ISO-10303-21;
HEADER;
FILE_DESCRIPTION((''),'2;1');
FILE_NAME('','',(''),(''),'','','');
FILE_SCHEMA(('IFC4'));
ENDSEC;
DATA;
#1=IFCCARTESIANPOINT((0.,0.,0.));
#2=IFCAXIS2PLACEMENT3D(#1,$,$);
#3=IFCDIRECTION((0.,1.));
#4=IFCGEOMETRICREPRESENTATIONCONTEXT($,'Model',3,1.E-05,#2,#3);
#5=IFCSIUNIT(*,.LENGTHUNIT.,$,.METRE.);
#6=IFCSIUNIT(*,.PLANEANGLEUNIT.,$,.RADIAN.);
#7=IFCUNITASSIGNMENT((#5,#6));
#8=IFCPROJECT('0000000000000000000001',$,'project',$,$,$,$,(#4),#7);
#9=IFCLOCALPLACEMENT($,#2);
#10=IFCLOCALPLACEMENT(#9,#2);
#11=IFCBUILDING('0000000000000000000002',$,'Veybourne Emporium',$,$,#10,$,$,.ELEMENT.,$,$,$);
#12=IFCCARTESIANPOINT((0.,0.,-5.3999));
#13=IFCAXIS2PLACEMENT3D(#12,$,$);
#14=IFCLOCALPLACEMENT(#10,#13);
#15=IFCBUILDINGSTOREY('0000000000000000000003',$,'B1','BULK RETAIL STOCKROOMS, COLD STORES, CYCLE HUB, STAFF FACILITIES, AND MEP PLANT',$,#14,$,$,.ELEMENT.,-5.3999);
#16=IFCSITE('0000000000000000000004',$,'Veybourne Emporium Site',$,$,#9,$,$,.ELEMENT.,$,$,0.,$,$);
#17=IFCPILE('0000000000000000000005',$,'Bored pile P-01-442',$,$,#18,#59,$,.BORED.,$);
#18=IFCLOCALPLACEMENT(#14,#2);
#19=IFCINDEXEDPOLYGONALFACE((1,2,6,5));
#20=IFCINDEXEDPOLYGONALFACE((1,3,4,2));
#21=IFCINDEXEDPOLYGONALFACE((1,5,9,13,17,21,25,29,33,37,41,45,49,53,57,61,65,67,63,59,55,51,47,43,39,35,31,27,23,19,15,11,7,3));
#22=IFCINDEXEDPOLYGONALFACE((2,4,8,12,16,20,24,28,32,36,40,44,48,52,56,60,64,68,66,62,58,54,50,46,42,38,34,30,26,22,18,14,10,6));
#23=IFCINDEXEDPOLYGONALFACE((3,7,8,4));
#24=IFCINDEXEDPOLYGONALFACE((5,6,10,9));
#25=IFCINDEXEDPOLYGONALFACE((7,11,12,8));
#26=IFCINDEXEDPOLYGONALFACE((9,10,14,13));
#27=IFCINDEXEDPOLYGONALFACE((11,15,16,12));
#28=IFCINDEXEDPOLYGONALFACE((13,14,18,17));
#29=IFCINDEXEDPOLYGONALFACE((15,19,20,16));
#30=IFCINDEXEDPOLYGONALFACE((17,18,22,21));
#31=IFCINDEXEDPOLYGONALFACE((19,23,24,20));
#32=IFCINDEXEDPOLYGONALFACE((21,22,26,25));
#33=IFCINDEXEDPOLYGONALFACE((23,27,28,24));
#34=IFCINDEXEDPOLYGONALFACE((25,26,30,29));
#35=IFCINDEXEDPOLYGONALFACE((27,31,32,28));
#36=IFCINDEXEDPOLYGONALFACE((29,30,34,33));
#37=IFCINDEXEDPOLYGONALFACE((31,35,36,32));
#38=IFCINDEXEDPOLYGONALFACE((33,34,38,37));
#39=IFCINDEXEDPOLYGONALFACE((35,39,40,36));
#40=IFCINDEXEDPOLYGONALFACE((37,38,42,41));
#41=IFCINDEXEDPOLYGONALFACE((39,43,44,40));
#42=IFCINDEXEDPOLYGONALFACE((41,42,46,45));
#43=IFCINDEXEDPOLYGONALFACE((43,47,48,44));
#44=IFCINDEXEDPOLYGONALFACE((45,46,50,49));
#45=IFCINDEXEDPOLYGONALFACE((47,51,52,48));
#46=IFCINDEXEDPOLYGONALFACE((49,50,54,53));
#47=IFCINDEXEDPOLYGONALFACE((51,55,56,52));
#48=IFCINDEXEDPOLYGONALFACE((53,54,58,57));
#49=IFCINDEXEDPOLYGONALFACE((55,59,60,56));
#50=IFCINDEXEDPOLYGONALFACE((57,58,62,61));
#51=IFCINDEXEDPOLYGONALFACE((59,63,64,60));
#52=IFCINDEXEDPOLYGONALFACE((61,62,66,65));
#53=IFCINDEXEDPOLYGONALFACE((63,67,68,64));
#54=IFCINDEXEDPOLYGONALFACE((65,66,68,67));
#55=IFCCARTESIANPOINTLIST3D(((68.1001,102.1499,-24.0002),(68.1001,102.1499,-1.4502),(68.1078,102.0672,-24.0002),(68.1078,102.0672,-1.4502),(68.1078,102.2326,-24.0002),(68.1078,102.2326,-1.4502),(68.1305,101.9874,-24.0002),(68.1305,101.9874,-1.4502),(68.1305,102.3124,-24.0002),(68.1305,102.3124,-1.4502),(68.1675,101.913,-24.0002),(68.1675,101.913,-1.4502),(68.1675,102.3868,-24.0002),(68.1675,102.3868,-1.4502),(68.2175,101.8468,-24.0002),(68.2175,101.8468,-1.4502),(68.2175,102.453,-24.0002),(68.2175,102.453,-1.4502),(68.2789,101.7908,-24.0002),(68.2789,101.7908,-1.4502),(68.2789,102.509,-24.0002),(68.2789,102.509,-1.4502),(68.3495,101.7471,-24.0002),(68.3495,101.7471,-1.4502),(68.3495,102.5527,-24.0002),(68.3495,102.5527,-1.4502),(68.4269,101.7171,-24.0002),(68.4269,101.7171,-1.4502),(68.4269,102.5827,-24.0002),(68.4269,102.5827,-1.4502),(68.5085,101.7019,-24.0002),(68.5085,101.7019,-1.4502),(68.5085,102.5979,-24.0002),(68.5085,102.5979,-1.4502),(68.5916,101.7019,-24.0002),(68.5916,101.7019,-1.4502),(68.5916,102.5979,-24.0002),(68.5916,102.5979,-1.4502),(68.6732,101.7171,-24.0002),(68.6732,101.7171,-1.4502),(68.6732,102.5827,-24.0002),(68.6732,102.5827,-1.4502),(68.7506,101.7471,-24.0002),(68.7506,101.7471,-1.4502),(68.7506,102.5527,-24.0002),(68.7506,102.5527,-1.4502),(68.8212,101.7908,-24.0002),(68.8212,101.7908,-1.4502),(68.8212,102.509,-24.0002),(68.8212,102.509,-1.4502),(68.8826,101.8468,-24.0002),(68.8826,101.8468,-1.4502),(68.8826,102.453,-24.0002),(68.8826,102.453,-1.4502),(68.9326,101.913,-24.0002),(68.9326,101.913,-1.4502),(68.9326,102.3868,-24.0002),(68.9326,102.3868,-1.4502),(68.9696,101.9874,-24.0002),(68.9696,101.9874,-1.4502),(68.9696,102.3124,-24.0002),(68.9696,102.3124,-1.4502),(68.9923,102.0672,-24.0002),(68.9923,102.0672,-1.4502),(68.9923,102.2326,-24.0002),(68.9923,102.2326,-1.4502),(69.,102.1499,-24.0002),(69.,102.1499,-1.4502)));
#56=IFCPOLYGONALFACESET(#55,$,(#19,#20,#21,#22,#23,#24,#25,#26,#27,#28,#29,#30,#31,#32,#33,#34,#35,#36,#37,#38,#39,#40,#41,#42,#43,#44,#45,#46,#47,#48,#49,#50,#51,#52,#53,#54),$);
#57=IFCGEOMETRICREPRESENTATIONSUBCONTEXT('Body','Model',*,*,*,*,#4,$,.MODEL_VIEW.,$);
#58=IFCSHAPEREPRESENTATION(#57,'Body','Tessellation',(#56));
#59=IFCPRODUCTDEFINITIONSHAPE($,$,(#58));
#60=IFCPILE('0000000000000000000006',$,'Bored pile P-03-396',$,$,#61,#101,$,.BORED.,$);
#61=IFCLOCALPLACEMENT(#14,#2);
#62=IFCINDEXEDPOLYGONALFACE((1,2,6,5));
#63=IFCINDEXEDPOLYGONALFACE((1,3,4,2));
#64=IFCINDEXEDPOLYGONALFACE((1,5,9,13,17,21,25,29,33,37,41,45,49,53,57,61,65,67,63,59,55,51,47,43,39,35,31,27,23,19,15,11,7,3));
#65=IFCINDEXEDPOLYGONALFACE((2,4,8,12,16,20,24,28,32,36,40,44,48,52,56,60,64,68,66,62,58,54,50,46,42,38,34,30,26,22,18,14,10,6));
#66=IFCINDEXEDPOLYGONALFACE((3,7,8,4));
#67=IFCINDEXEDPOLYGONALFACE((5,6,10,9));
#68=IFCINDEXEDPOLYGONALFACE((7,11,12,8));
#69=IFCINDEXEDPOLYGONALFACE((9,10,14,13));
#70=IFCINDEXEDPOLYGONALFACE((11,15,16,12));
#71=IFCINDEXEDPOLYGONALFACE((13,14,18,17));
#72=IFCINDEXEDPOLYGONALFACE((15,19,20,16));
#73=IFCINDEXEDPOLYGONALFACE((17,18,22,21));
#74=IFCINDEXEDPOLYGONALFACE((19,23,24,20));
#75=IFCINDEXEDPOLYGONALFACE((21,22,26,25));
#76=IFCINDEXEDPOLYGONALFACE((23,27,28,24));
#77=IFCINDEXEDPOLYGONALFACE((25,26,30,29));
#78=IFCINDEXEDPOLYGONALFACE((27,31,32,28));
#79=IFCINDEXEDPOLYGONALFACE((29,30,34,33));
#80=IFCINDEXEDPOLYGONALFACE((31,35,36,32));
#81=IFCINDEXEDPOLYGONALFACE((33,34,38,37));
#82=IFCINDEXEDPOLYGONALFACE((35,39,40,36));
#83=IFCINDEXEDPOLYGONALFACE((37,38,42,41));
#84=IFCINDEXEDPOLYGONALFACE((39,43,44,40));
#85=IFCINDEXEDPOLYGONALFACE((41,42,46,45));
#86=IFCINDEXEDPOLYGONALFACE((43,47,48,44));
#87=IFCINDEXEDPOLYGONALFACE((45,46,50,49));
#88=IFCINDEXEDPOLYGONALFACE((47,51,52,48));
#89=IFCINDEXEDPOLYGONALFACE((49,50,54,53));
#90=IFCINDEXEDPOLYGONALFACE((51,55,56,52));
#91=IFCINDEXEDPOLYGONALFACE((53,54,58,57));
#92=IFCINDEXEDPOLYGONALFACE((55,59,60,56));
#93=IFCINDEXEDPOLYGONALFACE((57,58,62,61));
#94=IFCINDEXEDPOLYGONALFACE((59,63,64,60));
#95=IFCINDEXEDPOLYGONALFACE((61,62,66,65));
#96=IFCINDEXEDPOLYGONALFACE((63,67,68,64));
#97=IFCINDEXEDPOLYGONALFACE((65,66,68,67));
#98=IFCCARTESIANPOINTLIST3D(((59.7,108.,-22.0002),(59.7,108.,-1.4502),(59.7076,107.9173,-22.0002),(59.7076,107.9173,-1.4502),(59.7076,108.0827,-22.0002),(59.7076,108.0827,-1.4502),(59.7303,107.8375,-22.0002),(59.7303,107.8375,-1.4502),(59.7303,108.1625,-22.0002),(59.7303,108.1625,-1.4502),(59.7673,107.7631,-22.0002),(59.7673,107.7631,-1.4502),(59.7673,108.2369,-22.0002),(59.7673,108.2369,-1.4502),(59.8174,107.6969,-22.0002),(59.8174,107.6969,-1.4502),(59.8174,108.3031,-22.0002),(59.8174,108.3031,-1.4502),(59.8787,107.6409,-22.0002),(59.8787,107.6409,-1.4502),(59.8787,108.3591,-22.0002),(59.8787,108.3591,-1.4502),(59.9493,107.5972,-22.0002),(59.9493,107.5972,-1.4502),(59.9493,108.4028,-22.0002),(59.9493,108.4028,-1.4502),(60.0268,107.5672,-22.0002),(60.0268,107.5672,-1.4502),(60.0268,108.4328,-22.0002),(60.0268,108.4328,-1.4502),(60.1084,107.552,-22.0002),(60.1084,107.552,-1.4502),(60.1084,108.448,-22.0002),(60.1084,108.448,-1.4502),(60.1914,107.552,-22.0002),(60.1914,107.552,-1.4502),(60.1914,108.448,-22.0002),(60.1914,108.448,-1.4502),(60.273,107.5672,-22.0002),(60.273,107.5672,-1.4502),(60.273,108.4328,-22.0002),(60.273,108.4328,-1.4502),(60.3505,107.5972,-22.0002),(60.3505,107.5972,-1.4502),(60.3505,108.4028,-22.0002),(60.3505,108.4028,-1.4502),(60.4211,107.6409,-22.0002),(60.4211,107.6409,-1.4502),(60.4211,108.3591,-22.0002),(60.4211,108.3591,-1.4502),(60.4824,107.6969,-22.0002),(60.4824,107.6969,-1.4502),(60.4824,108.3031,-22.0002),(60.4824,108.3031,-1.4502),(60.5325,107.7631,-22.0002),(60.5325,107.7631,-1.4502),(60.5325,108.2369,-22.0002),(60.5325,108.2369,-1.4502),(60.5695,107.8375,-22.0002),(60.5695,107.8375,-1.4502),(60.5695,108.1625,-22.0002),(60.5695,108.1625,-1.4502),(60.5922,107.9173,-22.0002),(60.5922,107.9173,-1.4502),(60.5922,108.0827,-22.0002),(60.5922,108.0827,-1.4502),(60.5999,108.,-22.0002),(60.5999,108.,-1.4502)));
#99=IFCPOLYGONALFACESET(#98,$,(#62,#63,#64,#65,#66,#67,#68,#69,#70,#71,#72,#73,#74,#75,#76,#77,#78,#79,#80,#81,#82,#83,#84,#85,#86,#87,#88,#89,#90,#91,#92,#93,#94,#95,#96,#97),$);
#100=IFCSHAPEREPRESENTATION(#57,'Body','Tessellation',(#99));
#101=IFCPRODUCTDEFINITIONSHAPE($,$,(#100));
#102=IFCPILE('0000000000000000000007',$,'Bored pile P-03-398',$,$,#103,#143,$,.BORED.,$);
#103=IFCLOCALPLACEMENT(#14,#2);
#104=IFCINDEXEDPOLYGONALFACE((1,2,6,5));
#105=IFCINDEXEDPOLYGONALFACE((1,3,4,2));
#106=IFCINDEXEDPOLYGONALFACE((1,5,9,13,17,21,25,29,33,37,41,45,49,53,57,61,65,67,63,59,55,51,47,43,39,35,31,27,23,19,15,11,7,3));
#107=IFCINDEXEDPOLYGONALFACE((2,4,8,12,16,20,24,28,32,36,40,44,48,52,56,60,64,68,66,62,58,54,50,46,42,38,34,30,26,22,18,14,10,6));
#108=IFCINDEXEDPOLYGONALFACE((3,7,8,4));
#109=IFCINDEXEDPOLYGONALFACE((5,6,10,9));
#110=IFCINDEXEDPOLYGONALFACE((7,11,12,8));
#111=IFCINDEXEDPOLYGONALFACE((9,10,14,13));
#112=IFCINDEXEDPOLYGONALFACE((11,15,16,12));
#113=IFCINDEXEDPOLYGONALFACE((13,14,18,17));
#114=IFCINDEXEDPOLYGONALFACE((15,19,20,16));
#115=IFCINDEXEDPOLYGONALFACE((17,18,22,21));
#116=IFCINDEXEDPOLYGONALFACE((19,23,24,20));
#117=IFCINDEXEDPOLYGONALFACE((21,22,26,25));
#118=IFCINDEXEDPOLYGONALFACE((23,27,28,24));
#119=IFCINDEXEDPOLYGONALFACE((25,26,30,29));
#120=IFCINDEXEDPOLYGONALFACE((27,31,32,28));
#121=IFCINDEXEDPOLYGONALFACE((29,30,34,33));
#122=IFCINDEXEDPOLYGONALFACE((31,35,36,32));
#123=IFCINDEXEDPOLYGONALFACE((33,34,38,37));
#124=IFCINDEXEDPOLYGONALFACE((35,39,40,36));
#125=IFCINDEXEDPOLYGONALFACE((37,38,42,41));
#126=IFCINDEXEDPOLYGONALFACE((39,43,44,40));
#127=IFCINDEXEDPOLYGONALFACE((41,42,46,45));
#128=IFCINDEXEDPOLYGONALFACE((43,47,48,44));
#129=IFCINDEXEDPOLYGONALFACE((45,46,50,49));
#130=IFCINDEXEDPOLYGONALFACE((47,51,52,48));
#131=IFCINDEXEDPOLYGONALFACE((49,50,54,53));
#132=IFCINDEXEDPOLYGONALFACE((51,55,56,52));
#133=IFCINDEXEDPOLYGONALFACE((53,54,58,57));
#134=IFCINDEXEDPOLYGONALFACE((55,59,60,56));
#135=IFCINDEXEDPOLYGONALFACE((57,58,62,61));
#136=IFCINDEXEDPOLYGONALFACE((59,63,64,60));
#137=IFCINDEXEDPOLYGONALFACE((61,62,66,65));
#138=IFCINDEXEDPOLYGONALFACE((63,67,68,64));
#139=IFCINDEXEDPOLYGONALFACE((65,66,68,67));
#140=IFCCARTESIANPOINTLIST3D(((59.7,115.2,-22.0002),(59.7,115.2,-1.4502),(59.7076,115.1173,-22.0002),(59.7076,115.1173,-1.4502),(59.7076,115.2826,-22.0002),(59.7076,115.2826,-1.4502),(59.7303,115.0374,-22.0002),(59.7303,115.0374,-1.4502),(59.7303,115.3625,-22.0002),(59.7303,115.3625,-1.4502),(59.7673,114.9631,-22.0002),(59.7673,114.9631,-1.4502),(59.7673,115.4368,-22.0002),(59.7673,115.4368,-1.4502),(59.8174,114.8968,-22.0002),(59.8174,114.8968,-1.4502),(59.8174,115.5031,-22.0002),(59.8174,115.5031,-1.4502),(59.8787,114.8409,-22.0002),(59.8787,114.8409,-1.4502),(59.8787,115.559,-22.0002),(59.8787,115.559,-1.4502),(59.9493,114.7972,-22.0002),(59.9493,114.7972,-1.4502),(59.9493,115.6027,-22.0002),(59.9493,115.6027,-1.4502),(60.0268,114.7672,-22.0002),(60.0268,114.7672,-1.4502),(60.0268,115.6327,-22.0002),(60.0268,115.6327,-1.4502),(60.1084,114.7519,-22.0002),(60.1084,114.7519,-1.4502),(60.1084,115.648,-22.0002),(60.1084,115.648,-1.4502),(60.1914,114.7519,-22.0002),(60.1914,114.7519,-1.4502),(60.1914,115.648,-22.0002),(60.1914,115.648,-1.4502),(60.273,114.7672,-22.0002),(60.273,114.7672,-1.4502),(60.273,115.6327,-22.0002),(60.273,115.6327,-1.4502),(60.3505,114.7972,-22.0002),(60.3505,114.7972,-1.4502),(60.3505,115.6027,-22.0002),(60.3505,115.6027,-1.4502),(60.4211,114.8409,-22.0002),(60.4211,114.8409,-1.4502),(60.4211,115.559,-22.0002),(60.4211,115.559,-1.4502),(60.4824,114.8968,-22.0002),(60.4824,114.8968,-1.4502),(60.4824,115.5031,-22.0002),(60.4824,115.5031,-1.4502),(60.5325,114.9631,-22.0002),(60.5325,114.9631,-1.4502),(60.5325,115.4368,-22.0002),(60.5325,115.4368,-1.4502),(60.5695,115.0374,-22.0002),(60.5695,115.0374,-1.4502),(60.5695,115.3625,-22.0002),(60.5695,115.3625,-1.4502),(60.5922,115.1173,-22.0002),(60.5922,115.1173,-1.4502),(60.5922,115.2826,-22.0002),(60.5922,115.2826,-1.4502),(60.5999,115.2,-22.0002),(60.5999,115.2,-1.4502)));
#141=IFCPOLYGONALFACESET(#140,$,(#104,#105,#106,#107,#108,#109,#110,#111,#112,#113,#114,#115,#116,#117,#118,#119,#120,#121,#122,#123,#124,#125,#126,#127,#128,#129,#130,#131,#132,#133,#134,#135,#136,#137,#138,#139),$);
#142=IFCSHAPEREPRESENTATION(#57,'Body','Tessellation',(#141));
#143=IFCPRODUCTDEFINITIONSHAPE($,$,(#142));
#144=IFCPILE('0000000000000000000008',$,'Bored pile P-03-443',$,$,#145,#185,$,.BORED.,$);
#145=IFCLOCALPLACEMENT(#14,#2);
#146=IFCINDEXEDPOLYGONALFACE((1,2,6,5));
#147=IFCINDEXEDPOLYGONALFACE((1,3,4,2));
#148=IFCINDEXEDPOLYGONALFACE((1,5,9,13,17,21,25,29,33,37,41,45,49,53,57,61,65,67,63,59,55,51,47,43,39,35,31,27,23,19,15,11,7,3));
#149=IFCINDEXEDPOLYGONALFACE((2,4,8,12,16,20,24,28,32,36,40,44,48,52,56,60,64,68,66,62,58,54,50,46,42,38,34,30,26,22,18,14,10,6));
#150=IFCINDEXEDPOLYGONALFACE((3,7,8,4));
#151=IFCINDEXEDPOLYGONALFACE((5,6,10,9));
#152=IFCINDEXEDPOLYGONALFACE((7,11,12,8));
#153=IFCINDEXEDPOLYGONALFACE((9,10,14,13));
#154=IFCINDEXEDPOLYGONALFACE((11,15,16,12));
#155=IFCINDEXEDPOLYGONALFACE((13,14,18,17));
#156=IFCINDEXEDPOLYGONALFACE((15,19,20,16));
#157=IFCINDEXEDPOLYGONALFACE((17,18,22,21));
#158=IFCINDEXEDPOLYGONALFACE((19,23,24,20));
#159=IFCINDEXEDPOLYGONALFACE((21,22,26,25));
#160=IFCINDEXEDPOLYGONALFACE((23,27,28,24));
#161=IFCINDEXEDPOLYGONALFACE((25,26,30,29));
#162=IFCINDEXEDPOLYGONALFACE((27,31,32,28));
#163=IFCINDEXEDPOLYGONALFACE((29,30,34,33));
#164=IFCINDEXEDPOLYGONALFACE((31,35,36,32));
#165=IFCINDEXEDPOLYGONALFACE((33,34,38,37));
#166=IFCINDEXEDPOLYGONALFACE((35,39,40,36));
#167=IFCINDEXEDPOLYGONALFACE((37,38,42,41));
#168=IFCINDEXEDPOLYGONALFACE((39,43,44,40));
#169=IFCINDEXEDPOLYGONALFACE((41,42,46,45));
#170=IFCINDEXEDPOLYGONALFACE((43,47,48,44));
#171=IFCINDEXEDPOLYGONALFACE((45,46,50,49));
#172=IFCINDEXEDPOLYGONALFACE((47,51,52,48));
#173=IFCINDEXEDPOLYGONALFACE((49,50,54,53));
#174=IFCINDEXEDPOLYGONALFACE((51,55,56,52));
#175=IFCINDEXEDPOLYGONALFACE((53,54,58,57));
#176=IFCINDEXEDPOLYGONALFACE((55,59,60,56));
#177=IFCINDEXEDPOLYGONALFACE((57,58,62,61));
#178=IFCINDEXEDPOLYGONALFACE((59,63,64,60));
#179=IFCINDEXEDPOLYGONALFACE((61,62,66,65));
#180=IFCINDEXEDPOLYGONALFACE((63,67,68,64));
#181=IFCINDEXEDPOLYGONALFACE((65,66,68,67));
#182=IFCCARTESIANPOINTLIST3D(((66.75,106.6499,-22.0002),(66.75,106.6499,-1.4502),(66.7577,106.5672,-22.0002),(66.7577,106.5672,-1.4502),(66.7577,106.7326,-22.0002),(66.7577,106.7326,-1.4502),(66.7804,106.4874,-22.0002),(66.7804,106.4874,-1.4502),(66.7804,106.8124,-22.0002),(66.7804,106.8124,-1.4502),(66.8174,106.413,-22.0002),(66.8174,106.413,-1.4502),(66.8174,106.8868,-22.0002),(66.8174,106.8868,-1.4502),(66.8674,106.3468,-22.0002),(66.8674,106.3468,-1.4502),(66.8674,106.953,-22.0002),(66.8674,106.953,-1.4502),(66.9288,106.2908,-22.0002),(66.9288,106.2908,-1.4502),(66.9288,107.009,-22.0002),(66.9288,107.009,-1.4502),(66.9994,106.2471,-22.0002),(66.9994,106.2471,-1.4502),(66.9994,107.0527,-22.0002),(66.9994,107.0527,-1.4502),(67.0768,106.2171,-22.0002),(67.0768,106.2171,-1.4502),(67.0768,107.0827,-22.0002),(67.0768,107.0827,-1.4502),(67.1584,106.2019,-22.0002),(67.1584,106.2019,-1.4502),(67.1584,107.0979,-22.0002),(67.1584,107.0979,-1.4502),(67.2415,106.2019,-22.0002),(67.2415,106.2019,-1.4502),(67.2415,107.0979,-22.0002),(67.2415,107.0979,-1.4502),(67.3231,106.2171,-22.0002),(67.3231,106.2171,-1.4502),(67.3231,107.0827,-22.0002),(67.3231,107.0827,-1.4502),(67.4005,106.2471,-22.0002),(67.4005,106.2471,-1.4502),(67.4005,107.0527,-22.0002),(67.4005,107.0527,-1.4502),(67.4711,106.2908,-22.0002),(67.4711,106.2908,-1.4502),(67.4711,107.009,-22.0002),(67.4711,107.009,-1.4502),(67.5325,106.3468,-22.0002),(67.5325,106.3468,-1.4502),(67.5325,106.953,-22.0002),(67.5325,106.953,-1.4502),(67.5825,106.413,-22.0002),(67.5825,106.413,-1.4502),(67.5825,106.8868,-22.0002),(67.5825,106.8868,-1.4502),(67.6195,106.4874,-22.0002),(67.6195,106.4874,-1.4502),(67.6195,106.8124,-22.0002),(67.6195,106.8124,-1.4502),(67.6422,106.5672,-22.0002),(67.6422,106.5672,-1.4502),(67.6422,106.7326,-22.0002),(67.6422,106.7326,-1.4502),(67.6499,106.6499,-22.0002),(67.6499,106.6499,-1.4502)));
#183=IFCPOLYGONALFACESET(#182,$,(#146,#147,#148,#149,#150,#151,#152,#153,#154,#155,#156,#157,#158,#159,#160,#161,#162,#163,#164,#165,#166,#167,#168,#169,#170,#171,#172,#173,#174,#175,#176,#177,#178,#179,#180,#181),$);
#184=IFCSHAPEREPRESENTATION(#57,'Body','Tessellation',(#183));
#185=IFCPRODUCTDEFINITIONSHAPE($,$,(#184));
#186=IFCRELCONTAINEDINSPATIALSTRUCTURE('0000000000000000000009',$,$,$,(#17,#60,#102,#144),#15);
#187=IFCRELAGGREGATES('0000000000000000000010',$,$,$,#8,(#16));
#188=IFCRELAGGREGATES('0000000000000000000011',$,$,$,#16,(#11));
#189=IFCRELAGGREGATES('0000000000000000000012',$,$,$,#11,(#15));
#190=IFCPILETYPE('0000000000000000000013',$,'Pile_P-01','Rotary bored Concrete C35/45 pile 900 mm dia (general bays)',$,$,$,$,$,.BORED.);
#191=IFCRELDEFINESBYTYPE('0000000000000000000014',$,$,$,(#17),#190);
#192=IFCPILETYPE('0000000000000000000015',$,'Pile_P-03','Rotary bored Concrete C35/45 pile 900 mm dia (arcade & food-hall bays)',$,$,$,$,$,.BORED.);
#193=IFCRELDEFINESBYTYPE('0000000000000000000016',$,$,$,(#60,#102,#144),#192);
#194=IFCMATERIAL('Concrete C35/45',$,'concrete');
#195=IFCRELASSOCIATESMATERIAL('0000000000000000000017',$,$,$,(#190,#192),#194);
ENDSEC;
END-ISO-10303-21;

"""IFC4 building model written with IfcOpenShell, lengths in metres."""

from ifc_helpers import new_model, si_unit, direction, frame, origin, origin_2d, place, context, subcontext, project, spatial, circle, extrude, material, material_profile, profile_set, type_object, element, save


model = new_model("IFC4")

# Units and contexts
model_context = context("Model", 3, precision=1e-05, world=origin(), true_north=direction((0.0, 1.0)))
body_context = subcontext(model_context, "Body", "Model", "MODEL_VIEW")
ifc_project = project(units=[si_unit("LENGTHUNIT", "METRE"), si_unit("PLANEANGLEUNIT", "RADIAN")], contexts=[model_context])

# Site, building, storey
site_placement = place(None, origin())
site = spatial("IfcSite", under=ifc_project, at=site_placement, Name="Veybourne Emporium Site", CompositionType="ELEMENT", RefElevation=0.0)
building_placement = place(site_placement, origin())
building = spatial("IfcBuilding", under=site, at=building_placement, Name="Veybourne Emporium", CompositionType="ELEMENT")
storey_placement = place(building_placement, frame((0.0, 0.0, -5.3999)))
storey = spatial("IfcBuildingStorey", under=building, at=storey_placement, Name="B1", Description="BULK RETAIL STOCKROOMS, COLD STORES, CYCLE HUB, STAFF FACILITIES, AND MEP PLANT", CompositionType="ELEMENT", Elevation=-5.3999)

# Shared definitions
ifc_material_1 = material(Name="Concrete C35/45", Category="concrete")

# Piles
ifc_material_profile_1 = material_profile(ifc_material_1, circle(Radius=0.45, at=origin_2d()), Name="BORED PILE 900")
ifc_profile_set_1 = profile_set([ifc_material_profile_1], Name="Concrete C35/45")
pile_type_1 = type_object("IfcPileType", Name="Pile_P-01", Description="Rotary bored Concrete C35/45 pile 900 mm dia (general bays)", PredefinedType="BORED", material=ifc_profile_set_1)
for number, where, z_axis, x_axis, name in (
    (1, (68.55, 102.1499, -1.4502), (0.0, 0.0, -1.0), (1.0, 0.0, 0.0), "Bored pile P-01-442"),
):
    element("IfcPile", number, at=place(storey_placement, frame(where, z_axis=z_axis, x_axis=x_axis)), inside=storey, type_object=pile_type_1, Name=name, PredefinedType="BORED", context=body_context, shape_type="SweptSolid", body=[
        extrude(circle(Radius=0.45, at=origin_2d()), origin(), (0.0, 0.0, 1.0), 22.55),
    ])
ifc_material_profile_2 = material_profile(ifc_material_1, circle(Radius=0.45, at=origin_2d()), Name="BORED PILE 900")
ifc_profile_set_2 = profile_set([ifc_material_profile_2], Name="Concrete C35/45")
pile_type_2 = type_object("IfcPileType", Name="Pile_P-03", Description="Rotary bored Concrete C35/45 pile 900 mm dia (arcade & food-hall bays)", PredefinedType="BORED", material=ifc_profile_set_2)
for number, where, z_axis, x_axis, name in (
    (2, (60.1499, 108.0, -1.4502), (0.0, 0.0, -1.0), (1.0, 0.0, 0.0), "Bored pile P-03-396"),
    (3, (60.1499, 115.2, -1.4502), (0.0, 0.0, -1.0), (1.0, 0.0, 0.0), "Bored pile P-03-398"),
    (4, (67.2, 106.6499, -1.4502), (0.0, 0.0, -1.0), (1.0, 0.0, 0.0), "Bored pile P-03-443"),
):
    element("IfcPile", number, at=place(storey_placement, frame(where, z_axis=z_axis, x_axis=x_axis)), inside=storey, type_object=pile_type_2, Name=name, PredefinedType="BORED", context=body_context, shape_type="SweptSolid", body=[
        extrude(circle(Radius=0.45, at=origin_2d()), origin(), (0.0, 0.0, 1.0), 20.55),
    ])

save(model, "model.ifc")
